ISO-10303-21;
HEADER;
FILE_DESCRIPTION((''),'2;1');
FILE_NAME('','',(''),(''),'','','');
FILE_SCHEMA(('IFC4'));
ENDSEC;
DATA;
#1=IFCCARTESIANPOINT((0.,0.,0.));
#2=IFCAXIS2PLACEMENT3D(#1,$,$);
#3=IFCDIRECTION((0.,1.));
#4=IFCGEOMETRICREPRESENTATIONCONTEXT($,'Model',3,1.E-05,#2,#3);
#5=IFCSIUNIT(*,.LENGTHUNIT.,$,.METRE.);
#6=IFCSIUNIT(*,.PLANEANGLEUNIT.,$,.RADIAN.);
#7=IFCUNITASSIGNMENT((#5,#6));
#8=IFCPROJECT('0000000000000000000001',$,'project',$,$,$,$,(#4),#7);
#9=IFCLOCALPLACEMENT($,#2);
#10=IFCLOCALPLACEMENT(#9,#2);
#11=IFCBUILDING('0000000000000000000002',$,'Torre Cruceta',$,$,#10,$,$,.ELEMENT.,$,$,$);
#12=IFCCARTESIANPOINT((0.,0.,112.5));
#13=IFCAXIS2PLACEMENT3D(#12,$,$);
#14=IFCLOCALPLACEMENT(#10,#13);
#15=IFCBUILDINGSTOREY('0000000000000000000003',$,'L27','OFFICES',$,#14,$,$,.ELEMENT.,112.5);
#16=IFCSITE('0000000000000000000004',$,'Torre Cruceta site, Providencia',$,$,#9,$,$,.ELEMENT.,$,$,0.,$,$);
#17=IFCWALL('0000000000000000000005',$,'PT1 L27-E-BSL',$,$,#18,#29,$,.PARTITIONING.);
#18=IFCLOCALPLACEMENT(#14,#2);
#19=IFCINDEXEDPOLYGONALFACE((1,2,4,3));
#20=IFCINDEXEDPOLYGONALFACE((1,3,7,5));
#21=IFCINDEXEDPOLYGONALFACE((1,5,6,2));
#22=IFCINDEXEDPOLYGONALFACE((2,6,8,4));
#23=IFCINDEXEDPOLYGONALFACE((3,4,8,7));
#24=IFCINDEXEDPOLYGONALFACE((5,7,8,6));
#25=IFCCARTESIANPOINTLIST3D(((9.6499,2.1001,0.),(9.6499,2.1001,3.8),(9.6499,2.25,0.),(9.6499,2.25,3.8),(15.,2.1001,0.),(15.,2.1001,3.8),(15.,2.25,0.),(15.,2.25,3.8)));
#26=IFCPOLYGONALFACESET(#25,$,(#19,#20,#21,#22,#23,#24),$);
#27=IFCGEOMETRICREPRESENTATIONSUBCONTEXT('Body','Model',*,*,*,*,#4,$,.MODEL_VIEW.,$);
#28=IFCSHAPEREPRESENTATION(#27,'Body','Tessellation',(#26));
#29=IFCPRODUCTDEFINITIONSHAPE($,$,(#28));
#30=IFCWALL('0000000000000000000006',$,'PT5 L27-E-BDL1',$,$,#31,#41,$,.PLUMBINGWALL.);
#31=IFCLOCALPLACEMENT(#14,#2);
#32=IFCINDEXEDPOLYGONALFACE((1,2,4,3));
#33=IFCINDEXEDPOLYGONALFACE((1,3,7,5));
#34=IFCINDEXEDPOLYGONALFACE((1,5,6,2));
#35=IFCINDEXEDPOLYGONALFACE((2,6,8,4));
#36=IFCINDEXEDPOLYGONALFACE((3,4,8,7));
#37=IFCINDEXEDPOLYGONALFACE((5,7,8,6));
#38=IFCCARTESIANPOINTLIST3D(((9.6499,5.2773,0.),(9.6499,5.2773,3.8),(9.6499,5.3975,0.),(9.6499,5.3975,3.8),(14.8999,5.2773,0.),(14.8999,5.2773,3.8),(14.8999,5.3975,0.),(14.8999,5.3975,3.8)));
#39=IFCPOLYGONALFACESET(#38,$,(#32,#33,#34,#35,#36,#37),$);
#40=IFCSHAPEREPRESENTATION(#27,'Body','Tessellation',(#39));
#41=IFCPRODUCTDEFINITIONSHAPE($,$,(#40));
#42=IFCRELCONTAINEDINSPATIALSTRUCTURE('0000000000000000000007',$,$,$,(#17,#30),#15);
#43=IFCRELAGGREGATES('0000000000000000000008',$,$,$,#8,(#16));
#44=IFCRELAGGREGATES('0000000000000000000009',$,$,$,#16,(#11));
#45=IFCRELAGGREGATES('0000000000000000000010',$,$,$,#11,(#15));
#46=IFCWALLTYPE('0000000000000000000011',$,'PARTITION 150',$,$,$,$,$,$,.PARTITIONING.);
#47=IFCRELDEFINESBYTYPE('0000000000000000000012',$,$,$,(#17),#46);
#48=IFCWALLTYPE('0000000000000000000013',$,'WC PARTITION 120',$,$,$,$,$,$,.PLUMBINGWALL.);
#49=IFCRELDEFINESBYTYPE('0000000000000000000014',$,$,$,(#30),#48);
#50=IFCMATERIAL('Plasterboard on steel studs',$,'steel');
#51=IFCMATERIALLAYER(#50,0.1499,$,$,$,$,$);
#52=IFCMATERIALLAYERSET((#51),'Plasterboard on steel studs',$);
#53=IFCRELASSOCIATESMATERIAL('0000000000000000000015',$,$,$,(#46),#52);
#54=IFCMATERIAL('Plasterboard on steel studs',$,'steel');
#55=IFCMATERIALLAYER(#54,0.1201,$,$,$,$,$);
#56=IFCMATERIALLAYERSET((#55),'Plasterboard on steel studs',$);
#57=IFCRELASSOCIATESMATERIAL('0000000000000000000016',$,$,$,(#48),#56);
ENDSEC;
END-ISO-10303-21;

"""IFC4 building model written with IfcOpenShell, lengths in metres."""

from ifc_helpers import new_model, si_unit, direction, frame, frame_2d, origin, place, context, subcontext, project, spatial, rectangle, extrude, material, layer, layer_set, type_object, element, save


model = new_model("IFC4")

# Units and contexts
model_context = context("Model", 3, precision=1e-05, world=origin(), true_north=direction((0.0, 1.0)))
body_context = subcontext(model_context, "Body", "Model", "MODEL_VIEW")
ifc_project = project(units=[si_unit("LENGTHUNIT", "METRE"), si_unit("PLANEANGLEUNIT", "RADIAN")], contexts=[model_context])

# Site, building, storey
site_placement = place(None, origin())
site = spatial("IfcSite", under=ifc_project, at=site_placement, Name="Torre Cruceta site, Providencia", CompositionType="ELEMENT", RefElevation=0.0)
building_placement = place(site_placement, origin())
building = spatial("IfcBuilding", under=site, at=building_placement, Name="Torre Cruceta", CompositionType="ELEMENT")
storey_placement = place(building_placement, frame((0.0, 0.0, 112.5)))
storey = spatial("IfcBuildingStorey", under=building, at=storey_placement, Name="L27", Description="OFFICES", CompositionType="ELEMENT", Elevation=112.5)

# Shared definitions
ifc_material_1 = material(Name="Plasterboard on steel studs", Category="steel")
ifc_layer_1 = layer(ifc_material_1, 0.1499)
ifc_layer_set_1 = layer_set([ifc_layer_1], Name="Plasterboard on steel studs")
wall_type_1 = type_object("IfcWallType", Name="PARTITION 150", PredefinedType="PARTITIONING", material=ifc_layer_set_1)

# Walls
wall_1_placement = place(storey_placement, frame((9.6499, 2.175, 0.0), z_axis=(0.0, 0.0, 1.0), x_axis=(1.0, 0.0, 0.0)))
element("IfcWall", 1, at=wall_1_placement, inside=storey, type_object=wall_type_1, Name="PT1 L27-E-BSL", PredefinedType="PARTITIONING", context=body_context, shape_type="SweptSolid", body=[
    extrude(rectangle(XDim=5.3501, YDim=0.1499, at=frame_2d((2.675, 0.0))), origin(), (0.0, 0.0, 1.0), 3.8),
])
ifc_material_2 = material(Name="Plasterboard on steel studs", Category="steel")
ifc_layer_2 = layer(ifc_material_2, 0.1201)
ifc_layer_set_2 = layer_set([ifc_layer_2], Name="Plasterboard on steel studs")
wall_type_2 = type_object("IfcWallType", Name="WC PARTITION 120", PredefinedType="PLUMBINGWALL", material=ifc_layer_set_2)
wall_2_placement = place(storey_placement, frame((9.6499, 5.3374, 0.0), z_axis=(0.0, 0.0, 1.0), x_axis=(1.0, 0.0, 0.0)))
element("IfcWall", 2, at=wall_2_placement, inside=storey, type_object=wall_type_2, Name="PT5 L27-E-BDL1", PredefinedType="PLUMBINGWALL", context=body_context, shape_type="SweptSolid", body=[
    extrude(rectangle(XDim=5.25, YDim=0.1201, at=frame_2d((2.625, 0.0))), origin(), (0.0, 0.0, 1.0), 3.8),
])

save(model, "model.ifc")
